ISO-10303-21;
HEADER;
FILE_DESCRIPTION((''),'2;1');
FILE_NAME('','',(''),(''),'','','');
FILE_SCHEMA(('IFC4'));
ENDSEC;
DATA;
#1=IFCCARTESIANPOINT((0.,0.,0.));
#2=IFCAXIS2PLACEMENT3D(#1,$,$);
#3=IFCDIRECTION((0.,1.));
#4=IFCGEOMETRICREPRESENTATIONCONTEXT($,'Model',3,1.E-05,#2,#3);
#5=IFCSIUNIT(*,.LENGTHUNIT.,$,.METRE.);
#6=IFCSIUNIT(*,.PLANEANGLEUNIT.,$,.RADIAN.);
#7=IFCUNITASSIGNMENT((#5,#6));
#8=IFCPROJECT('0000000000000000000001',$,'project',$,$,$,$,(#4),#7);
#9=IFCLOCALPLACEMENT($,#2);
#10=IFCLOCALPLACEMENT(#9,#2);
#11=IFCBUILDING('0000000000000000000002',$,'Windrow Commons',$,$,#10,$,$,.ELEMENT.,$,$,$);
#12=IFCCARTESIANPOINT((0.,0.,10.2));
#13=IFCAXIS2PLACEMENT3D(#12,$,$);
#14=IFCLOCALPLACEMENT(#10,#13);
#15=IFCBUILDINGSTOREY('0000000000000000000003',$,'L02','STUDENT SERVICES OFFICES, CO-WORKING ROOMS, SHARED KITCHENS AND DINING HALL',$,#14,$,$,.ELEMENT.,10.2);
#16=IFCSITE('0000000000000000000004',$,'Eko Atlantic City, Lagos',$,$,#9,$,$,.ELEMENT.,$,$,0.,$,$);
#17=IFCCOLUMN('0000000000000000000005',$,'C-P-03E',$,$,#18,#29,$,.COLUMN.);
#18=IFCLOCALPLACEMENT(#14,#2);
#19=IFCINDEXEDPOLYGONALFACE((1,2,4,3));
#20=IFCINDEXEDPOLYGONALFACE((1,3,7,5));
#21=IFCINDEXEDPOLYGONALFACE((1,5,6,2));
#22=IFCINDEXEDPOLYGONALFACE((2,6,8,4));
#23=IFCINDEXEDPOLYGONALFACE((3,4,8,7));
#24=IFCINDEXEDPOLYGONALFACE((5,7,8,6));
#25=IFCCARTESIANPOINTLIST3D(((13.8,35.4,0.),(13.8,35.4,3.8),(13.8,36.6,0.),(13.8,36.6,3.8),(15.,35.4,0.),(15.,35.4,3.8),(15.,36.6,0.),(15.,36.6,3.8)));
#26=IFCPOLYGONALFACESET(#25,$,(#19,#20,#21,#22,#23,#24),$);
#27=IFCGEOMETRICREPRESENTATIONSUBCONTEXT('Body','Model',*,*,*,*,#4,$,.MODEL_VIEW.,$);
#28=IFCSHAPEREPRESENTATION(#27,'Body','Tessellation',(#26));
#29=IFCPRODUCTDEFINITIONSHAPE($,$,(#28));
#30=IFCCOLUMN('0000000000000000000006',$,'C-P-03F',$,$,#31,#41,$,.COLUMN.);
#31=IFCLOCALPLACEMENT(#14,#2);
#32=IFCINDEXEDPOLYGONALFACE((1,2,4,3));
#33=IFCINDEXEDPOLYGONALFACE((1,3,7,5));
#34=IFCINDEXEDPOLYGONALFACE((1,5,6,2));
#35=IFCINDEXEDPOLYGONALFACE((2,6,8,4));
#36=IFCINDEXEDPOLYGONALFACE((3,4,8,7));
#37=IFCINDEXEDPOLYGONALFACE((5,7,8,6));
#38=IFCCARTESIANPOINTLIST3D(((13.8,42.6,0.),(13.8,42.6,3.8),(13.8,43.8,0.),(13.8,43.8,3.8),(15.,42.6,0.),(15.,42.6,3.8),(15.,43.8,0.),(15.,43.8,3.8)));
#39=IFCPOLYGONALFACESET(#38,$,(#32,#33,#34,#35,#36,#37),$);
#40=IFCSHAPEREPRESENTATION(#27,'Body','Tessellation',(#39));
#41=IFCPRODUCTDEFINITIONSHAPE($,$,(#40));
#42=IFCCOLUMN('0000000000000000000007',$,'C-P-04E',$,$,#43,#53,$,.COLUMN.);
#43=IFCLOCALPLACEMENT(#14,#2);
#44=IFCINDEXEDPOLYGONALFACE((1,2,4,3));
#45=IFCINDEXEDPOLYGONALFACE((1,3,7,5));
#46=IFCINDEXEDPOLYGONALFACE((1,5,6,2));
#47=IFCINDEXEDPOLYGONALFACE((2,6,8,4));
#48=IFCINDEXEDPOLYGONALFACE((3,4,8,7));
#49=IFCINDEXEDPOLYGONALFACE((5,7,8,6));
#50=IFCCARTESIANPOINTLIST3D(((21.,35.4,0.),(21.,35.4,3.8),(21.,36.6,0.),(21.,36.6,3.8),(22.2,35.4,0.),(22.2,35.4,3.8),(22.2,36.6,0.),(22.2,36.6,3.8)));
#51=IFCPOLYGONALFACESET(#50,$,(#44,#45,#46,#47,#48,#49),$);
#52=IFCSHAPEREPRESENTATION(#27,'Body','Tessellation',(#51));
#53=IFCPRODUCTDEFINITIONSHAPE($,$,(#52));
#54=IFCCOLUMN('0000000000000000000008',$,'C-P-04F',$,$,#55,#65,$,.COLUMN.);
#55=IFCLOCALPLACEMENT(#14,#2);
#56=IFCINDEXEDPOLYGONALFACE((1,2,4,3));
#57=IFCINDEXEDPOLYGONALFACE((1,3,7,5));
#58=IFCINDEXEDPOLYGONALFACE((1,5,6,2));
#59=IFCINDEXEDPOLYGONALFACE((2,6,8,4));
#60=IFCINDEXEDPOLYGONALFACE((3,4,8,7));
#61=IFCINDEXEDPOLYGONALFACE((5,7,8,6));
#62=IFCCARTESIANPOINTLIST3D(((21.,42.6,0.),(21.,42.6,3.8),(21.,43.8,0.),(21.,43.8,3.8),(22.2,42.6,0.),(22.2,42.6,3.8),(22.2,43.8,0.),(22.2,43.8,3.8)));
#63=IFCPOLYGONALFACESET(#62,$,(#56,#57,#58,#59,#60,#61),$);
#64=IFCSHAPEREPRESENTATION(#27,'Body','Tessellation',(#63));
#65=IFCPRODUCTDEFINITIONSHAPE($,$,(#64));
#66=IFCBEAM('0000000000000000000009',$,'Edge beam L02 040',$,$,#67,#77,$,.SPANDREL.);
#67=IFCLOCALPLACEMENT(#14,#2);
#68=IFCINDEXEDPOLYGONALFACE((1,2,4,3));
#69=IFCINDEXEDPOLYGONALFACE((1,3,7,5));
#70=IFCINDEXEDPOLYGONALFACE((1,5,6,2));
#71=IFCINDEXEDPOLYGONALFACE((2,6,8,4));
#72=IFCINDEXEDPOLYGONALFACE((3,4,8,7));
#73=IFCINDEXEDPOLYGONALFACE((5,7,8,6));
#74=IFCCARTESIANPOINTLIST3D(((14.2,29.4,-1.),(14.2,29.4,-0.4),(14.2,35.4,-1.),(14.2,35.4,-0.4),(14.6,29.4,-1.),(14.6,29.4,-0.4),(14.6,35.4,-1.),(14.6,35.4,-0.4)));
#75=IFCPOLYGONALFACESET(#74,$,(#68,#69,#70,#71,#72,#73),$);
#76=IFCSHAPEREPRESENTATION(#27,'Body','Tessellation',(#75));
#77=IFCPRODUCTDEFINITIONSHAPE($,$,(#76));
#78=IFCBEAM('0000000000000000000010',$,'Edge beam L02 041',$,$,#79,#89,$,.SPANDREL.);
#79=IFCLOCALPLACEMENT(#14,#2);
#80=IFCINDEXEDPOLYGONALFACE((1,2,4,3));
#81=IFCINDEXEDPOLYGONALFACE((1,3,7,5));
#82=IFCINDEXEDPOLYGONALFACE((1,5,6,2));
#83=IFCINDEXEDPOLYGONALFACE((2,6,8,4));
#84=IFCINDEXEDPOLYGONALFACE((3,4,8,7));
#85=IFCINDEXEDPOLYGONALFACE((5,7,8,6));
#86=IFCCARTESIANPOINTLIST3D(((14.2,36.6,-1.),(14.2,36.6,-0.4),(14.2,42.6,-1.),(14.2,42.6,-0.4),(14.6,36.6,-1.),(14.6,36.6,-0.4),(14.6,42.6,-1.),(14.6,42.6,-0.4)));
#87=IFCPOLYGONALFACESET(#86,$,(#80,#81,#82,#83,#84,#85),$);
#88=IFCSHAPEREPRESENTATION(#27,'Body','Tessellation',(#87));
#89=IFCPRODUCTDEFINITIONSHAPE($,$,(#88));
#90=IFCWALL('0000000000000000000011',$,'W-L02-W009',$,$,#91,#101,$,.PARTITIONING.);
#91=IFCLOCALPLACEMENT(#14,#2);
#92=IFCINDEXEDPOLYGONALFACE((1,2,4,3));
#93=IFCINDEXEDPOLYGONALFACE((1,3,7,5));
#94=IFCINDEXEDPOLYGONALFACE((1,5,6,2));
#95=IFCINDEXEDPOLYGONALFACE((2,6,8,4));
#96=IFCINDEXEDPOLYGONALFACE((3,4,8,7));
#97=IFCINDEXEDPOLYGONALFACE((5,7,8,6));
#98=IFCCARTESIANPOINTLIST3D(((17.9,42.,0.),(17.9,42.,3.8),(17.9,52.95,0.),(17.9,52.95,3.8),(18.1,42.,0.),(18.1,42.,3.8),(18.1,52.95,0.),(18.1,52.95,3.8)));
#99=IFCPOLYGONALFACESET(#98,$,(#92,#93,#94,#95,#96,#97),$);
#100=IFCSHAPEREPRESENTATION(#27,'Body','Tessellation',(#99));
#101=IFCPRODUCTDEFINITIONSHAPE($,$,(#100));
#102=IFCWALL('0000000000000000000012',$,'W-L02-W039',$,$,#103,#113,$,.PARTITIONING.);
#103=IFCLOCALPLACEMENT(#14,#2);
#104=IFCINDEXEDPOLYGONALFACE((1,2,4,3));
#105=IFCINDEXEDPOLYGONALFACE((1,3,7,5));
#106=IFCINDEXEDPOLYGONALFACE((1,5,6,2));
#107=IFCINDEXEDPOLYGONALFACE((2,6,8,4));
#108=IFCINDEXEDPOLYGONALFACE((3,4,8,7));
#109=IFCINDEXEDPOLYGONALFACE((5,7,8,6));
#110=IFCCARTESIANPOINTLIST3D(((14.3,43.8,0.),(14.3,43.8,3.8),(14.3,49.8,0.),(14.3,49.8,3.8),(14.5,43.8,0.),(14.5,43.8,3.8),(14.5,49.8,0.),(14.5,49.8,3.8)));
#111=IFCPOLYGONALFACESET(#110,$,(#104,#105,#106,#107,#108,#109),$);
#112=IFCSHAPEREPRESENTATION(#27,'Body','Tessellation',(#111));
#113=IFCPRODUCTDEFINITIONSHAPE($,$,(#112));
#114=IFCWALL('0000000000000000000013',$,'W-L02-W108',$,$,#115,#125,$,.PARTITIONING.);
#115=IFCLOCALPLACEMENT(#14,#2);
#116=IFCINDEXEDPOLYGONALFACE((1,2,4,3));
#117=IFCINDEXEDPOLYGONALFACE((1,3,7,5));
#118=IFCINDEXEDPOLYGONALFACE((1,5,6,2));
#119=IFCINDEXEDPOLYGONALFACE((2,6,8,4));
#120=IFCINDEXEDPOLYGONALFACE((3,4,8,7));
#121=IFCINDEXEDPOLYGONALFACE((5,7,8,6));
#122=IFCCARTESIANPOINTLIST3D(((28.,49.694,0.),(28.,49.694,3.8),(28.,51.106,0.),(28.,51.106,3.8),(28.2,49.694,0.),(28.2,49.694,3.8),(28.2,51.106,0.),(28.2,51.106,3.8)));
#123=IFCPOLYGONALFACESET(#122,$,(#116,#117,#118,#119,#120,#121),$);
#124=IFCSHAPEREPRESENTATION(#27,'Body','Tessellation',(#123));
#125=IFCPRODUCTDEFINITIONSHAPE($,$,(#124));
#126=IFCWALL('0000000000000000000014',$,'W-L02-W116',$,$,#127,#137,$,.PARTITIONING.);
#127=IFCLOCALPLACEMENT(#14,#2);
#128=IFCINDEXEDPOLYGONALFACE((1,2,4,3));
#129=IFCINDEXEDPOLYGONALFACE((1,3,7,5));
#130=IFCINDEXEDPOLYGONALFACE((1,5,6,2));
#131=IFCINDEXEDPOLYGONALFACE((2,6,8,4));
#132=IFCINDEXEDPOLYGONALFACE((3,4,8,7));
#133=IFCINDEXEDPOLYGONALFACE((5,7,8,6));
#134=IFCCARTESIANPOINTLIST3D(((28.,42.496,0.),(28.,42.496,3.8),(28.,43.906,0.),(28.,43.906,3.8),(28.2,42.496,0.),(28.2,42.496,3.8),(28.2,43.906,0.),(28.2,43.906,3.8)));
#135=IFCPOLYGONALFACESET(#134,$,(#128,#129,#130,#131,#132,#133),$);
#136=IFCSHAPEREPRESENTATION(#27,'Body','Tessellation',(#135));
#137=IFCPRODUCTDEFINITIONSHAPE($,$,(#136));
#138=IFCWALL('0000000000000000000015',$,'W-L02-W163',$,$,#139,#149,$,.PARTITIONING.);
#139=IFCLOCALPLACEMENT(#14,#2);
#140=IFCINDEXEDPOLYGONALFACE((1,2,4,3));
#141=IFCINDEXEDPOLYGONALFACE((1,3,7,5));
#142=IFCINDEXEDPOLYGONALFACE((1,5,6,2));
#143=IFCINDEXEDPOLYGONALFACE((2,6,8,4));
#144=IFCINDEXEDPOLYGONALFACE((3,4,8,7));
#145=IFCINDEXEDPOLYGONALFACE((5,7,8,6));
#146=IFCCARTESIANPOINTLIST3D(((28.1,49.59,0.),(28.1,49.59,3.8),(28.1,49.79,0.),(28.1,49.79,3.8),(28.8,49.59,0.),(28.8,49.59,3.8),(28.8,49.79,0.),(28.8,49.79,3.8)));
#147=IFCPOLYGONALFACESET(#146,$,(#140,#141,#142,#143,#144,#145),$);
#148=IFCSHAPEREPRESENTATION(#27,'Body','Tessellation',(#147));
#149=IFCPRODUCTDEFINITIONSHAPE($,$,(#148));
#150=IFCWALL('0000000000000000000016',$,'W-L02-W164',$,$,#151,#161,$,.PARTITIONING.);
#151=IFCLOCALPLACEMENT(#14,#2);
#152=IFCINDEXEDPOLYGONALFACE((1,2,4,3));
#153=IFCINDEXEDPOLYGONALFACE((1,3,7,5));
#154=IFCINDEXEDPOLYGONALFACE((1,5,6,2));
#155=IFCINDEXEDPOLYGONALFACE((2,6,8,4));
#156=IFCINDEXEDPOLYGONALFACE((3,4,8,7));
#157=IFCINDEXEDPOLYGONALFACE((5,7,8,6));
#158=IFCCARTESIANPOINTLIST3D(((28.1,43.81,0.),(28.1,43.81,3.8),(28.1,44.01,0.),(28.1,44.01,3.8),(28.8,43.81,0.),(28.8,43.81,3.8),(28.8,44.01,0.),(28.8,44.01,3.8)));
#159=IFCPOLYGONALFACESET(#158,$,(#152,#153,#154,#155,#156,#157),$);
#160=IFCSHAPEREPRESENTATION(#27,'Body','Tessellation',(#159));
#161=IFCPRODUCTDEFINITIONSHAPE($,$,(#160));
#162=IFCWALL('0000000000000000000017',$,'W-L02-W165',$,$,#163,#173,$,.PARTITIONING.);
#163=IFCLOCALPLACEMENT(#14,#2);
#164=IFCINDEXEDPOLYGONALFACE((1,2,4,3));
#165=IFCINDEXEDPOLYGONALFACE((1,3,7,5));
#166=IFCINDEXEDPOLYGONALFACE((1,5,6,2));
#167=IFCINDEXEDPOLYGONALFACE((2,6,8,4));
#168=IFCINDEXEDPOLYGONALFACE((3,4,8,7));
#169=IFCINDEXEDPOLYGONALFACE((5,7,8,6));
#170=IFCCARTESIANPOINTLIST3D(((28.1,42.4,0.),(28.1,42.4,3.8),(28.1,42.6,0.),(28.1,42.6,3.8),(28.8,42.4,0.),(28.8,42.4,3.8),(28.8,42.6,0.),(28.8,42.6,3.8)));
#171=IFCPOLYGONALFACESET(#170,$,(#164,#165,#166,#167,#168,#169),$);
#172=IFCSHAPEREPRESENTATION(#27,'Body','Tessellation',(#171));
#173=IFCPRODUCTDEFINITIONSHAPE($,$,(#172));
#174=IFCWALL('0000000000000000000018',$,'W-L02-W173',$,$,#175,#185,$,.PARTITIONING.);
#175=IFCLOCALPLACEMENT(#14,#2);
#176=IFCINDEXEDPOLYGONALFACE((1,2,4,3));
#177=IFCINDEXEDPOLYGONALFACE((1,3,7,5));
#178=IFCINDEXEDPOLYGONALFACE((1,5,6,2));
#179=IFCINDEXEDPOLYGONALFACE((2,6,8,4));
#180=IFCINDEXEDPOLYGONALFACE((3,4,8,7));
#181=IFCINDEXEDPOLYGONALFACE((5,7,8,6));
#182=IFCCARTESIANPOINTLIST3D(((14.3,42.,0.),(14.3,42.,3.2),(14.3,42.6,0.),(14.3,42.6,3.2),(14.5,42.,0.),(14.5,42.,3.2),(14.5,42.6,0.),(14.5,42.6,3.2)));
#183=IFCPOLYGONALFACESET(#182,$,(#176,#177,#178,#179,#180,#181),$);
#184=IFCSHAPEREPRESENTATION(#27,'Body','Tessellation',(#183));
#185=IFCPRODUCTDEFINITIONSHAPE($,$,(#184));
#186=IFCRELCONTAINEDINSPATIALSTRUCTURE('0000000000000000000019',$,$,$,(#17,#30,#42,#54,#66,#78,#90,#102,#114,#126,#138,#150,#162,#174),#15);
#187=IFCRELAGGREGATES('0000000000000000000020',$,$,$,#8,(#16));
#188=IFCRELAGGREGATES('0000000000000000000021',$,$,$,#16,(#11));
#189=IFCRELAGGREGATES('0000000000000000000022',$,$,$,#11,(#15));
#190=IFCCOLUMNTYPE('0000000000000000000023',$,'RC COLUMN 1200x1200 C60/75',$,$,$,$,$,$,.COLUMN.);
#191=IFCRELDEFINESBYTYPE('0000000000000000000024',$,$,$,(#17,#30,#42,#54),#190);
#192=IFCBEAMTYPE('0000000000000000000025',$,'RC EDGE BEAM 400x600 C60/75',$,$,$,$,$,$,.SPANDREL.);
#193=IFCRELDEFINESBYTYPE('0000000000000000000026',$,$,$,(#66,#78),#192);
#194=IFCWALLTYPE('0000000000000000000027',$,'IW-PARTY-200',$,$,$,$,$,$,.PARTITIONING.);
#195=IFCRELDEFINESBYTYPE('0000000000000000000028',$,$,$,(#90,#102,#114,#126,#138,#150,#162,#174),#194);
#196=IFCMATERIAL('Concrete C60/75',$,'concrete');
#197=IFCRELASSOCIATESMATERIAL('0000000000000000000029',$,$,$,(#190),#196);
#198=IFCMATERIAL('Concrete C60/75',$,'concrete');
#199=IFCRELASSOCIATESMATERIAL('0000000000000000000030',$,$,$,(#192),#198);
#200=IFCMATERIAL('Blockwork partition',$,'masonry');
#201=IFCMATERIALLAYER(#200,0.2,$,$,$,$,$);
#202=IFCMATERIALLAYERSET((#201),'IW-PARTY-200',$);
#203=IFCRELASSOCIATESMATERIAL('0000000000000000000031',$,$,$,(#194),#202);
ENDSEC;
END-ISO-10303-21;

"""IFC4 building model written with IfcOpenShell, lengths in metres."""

from ifc_helpers import new_model, si_unit, direction, frame, frame_2d, origin, origin_2d, place, context, subcontext, project, spatial, rectangle, extrude, material, layer, layer_set, material_profile, profile_set, type_object, element, save


model = new_model("IFC4")

# Units and contexts
model_context = context("Model", 3, precision=1e-05, world=origin(), true_north=direction((0.0, 1.0)))
body_context = subcontext(model_context, "Body", "Model", "MODEL_VIEW")
ifc_project = project(units=[si_unit("LENGTHUNIT", "METRE"), si_unit("PLANEANGLEUNIT", "RADIAN")], contexts=[model_context])

# Site, building, storey
site_placement = place(None, origin())
site = spatial("IfcSite", under=ifc_project, at=site_placement, Name="Eko Atlantic City, Lagos", CompositionType="ELEMENT", RefElevation=0.0)
building_placement = place(site_placement, origin())
building = spatial("IfcBuilding", under=site, at=building_placement, Name="Windrow Commons", CompositionType="ELEMENT")
storey_placement = place(building_placement, frame((0.0, 0.0, 10.2)))
storey = spatial("IfcBuildingStorey", under=building, at=storey_placement, Name="L02", Description="STUDENT SERVICES OFFICES, CO-WORKING ROOMS, SHARED KITCHENS AND DINING HALL", CompositionType="ELEMENT", Elevation=10.2)

# Columns
ifc_material_1 = material(Name="Concrete C60/75", Category="concrete")
ifc_material_profile_1 = material_profile(ifc_material_1, rectangle(XDim=1.2, YDim=1.2, at=origin_2d()))
ifc_profile_set_1 = profile_set([ifc_material_profile_1], Name="Concrete C60/75")
column_type = type_object("IfcColumnType", Name="RC COLUMN 1200x1200 C60/75", PredefinedType="COLUMN", material=ifc_profile_set_1)
for number, where, z_axis, x_axis, name in (
    (1, (14.4, 36.0, 0.0), (0.0, 0.0, 1.0), (1.0, 0.0, 0.0), "C-P-03E"),
    (2, (14.4, 43.2, 0.0), (0.0, 0.0, 1.0), (1.0, 0.0, 0.0), "C-P-03F"),
    (3, (21.6, 36.0, 0.0), (0.0, 0.0, 1.0), (1.0, 0.0, 0.0), "C-P-04E"),
    (4, (21.6, 43.2, 0.0), (0.0, 0.0, 1.0), (1.0, 0.0, 0.0), "C-P-04F"),
):
    element("IfcColumn", number, at=place(storey_placement, frame(where, z_axis=z_axis, x_axis=x_axis)), inside=storey, type_object=column_type, Name=name, PredefinedType="COLUMN", context=body_context, shape_type="SweptSolid", body=[
        extrude(rectangle(XDim=1.2, YDim=1.2, at=origin_2d()), origin(), (0.0, 0.0, 1.0), 3.8),
    ])

# Beams
ifc_material_2 = material(Name="Concrete C60/75", Category="concrete")
ifc_material_profile_2 = material_profile(ifc_material_2, rectangle(XDim=0.4, YDim=0.6, at=origin_2d()))
ifc_profile_set_2 = profile_set([ifc_material_profile_2], Name="Concrete C60/75")
beam_type = type_object("IfcBeamType", Name="RC EDGE BEAM 400x600 C60/75", PredefinedType="SPANDREL", material=ifc_profile_set_2)
for number, where, z_axis, x_axis, name in (
    (5, (14.4, 29.4, -0.7), (0.0, 1.0, 0.0), (-1.0, 0.0, 0.0), "Edge beam L02 040"),
    (6, (14.4, 36.6, -0.7), (0.0, 1.0, 0.0), (-1.0, 0.0, 0.0), "Edge beam L02 041"),
):
    element("IfcBeam", number, at=place(storey_placement, frame(where, z_axis=z_axis, x_axis=x_axis)), inside=storey, type_object=beam_type, Name=name, PredefinedType="SPANDREL", context=body_context, shape_type="SweptSolid", body=[
        extrude(rectangle(XDim=0.4, YDim=0.6, at=origin_2d()), origin(), (0.0, 0.0, 1.0), 6.0),
    ])

# Walls
ifc_material_3 = material(Name="Blockwork partition", Category="masonry")
ifc_layer = layer(ifc_material_3, 0.2)
ifc_layer_set = layer_set([ifc_layer], Name="IW-PARTY-200")
wall_type = type_object("IfcWallType", Name="IW-PARTY-200", PredefinedType="PARTITIONING", material=ifc_layer_set)
wall_1_placement = place(storey_placement, frame((18.0, 42.0, 0.0), z_axis=(0.0, 0.0, 1.0), x_axis=(0.0, 1.0, 0.0)))
element("IfcWall", 7, at=wall_1_placement, inside=storey, type_object=wall_type, Name="W-L02-W009", PredefinedType="PARTITIONING", context=body_context, shape_type="SweptSolid", body=[
    extrude(rectangle(XDim=10.95, YDim=0.2, at=frame_2d((5.475, 0.0))), origin(), (0.0, 0.0, 1.0), 3.8),
])
wall_2_placement = place(storey_placement, frame((14.4, 43.8, 0.0), z_axis=(0.0, 0.0, 1.0), x_axis=(0.0, 1.0, 0.0)))
element("IfcWall", 8, at=wall_2_placement, inside=storey, type_object=wall_type, Name="W-L02-W039", PredefinedType="PARTITIONING", context=body_context, shape_type="SweptSolid", body=[
    extrude(rectangle(XDim=6.0, YDim=0.2, at=frame_2d((3.0, 0.0))), origin(), (0.0, 0.0, 1.0), 3.8),
])
wall_3_placement = place(storey_placement, frame((28.1, 49.694, 0.0), z_axis=(0.0, 0.0, 1.0), x_axis=(0.0, 1.0, 0.0)))
element("IfcWall", 9, at=wall_3_placement, inside=storey, type_object=wall_type, Name="W-L02-W108", PredefinedType="PARTITIONING", context=body_context, shape_type="SweptSolid", body=[
    extrude(rectangle(XDim=1.412, YDim=0.2, at=frame_2d((0.706, 0.0))), origin(), (0.0, 0.0, 1.0), 3.8),
])
wall_4_placement = place(storey_placement, frame((28.1, 42.496, 0.0), z_axis=(0.0, 0.0, 1.0), x_axis=(0.0, 1.0, 0.0)))
element("IfcWall", 10, at=wall_4_placement, inside=storey, type_object=wall_type, Name="W-L02-W116", PredefinedType="PARTITIONING", context=body_context, shape_type="SweptSolid", body=[
    extrude(rectangle(XDim=1.41, YDim=0.2, at=frame_2d((0.705, 0.0))), origin(), (0.0, 0.0, 1.0), 3.8),
])
for number, where, z_axis, x_axis, name in (
    (11, (28.1, 49.69, 0.0), (0.0, 0.0, 1.0), (1.0, 0.0, 0.0), "W-L02-W163"),
    (12, (28.1, 43.91, 0.0), (0.0, 0.0, 1.0), (1.0, 0.0, 0.0), "W-L02-W164"),
    (13, (28.1, 42.5, 0.0), (0.0, 0.0, 1.0), (1.0, 0.0, 0.0), "W-L02-W165"),
):
    element("IfcWall", number, at=place(storey_placement, frame(where, z_axis=z_axis, x_axis=x_axis)), inside=storey, type_object=wall_type, Name=name, PredefinedType="PARTITIONING", context=body_context, shape_type="SweptSolid", body=[
        extrude(rectangle(XDim=0.7, YDim=0.2, at=frame_2d((0.35, 0.0))), origin(), (0.0, 0.0, 1.0), 3.8),
    ])
wall_5_placement = place(storey_placement, frame((14.4, 42.0, 0.0), z_axis=(0.0, 0.0, 1.0), x_axis=(0.0, 1.0, 0.0)))
element("IfcWall", 14, at=wall_5_placement, inside=storey, type_object=wall_type, Name="W-L02-W173", PredefinedType="PARTITIONING", context=body_context, shape_type="SweptSolid", body=[
    extrude(rectangle(XDim=0.6, YDim=0.2, at=frame_2d((0.3, 0.0))), origin(), (0.0, 0.0, 1.0), 3.2),
])

save(model, "model.ifc")
